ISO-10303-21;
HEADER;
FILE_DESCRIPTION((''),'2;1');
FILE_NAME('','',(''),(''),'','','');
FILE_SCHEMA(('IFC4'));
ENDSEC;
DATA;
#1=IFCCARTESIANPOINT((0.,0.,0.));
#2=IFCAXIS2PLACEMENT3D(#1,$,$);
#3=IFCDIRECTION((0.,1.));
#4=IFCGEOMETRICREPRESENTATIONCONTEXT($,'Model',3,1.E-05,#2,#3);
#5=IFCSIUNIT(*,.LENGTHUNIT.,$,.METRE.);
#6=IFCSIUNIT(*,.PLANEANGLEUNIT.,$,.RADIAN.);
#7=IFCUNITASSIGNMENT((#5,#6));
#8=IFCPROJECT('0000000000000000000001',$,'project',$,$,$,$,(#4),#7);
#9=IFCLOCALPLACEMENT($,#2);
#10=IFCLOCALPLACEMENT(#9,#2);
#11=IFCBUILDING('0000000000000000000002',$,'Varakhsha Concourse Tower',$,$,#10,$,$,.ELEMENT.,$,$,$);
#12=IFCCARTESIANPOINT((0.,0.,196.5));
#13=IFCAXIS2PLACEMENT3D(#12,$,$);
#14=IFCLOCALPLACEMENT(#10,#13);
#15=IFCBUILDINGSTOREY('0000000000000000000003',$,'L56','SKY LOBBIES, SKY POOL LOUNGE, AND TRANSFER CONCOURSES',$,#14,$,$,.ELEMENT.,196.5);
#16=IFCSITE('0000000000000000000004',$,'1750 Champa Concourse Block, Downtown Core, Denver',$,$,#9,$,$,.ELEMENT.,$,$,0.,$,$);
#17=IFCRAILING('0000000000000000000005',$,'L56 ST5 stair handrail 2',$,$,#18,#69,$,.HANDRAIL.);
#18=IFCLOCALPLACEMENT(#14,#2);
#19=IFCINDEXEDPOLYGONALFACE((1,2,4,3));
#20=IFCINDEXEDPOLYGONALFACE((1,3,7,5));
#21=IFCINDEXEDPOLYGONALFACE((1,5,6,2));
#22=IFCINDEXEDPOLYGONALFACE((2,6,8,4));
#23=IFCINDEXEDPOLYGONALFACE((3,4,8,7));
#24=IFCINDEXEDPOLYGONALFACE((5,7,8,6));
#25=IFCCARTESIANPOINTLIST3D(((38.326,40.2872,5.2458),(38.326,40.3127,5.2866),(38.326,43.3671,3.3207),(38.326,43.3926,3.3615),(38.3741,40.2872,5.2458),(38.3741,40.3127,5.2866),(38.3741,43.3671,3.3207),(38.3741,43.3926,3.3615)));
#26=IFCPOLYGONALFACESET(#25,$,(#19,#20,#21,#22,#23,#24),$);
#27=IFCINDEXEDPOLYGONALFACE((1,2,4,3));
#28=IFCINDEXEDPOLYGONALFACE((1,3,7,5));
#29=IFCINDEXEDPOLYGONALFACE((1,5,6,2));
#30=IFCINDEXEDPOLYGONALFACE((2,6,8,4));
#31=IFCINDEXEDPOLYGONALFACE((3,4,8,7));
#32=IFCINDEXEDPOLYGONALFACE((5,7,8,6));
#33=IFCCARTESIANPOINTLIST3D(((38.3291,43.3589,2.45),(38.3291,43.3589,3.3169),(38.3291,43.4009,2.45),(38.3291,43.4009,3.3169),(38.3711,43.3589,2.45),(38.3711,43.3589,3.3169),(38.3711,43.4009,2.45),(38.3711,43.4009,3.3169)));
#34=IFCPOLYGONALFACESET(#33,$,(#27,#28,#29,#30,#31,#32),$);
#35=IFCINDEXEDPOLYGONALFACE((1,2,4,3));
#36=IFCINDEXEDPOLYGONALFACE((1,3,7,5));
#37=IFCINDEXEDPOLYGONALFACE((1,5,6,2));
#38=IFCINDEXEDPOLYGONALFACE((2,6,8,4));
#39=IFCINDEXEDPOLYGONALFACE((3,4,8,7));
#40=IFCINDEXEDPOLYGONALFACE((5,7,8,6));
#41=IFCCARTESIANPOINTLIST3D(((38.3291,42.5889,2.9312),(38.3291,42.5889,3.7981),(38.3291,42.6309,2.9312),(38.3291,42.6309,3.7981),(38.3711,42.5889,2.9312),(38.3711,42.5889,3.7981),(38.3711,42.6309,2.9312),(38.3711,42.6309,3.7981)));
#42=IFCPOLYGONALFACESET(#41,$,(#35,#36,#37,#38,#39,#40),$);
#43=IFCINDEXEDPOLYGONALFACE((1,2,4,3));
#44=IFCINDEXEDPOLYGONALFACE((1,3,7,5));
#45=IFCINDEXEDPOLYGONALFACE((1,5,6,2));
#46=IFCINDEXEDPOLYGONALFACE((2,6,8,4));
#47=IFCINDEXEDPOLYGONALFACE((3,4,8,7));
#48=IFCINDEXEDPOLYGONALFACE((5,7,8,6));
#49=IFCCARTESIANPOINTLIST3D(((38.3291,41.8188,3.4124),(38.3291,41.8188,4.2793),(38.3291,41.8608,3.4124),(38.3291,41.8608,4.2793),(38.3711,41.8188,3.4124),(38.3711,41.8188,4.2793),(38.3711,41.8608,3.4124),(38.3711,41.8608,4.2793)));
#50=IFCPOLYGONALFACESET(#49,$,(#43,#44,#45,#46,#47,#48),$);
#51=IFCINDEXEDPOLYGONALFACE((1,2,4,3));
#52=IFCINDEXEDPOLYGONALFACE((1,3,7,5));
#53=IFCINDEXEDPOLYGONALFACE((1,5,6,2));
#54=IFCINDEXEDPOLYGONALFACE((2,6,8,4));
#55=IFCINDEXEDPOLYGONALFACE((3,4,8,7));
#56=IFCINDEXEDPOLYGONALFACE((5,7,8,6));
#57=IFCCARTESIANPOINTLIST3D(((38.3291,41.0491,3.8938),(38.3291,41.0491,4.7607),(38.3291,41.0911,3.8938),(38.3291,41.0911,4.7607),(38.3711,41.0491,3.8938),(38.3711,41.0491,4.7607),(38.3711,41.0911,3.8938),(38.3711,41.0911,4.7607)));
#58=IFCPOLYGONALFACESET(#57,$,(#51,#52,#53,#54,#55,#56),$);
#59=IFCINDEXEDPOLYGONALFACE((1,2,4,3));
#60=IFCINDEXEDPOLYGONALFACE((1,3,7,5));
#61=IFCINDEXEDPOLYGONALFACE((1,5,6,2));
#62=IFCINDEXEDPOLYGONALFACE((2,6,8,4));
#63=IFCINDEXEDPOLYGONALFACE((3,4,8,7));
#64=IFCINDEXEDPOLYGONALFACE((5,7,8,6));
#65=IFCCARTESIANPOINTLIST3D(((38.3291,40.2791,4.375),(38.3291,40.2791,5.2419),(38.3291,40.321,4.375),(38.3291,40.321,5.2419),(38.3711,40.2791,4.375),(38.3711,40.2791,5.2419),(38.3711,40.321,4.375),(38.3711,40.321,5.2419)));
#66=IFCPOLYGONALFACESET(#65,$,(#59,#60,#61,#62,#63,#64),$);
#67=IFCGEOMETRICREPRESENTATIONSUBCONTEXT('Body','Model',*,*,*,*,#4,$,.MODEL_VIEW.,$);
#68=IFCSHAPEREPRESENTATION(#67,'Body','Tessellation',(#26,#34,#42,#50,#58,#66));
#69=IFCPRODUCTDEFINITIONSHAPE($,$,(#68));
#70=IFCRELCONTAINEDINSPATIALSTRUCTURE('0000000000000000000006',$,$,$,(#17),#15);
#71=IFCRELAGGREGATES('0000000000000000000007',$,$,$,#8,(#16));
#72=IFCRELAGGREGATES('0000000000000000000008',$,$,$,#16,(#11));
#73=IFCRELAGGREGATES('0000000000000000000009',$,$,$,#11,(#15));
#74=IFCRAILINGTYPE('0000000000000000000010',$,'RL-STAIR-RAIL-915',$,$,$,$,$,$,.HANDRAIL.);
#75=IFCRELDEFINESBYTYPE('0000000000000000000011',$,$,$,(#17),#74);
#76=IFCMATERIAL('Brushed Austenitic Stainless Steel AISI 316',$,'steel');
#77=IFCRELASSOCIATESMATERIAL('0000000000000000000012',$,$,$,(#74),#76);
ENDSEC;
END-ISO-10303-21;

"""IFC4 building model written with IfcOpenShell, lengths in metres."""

from ifc_helpers import new_model, si_unit, direction, frame, origin, origin_2d, place, context, subcontext, project, spatial, rectangle, extrude, material, type_object, element, save


model = new_model("IFC4")

# Units and contexts
model_context = context("Model", 3, precision=1e-05, world=origin(), true_north=direction((0.0, 1.0)))
body_context = subcontext(model_context, "Body", "Model", "MODEL_VIEW")
ifc_project = project(units=[si_unit("LENGTHUNIT", "METRE"), si_unit("PLANEANGLEUNIT", "RADIAN")], contexts=[model_context])

# Site, building, storey
site_placement = place(None, origin())
site = spatial("IfcSite", under=ifc_project, at=site_placement, Name="1750 Champa Concourse Block, Downtown Core, Denver", CompositionType="ELEMENT", RefElevation=0.0)
building_placement = place(site_placement, origin())
building = spatial("IfcBuilding", under=site, at=building_placement, Name="Varakhsha Concourse Tower", CompositionType="ELEMENT")
storey_placement = place(building_placement, frame((0.0, 0.0, 196.5)))
storey = spatial("IfcBuildingStorey", under=building, at=storey_placement, Name="L56", Description="SKY LOBBIES, SKY POOL LOUNGE, AND TRANSFER CONCOURSES", CompositionType="ELEMENT", Elevation=196.5)

# Railing
ifc_material_1 = material(Name="Brushed Austenitic Stainless Steel AISI 316", Category="steel")
railing_type_1 = type_object("IfcRailingType", Name="RL-STAIR-RAIL-915", PredefinedType="HANDRAIL", material=ifc_material_1)
railing_1_placement = place(storey_placement, frame((38.3501, 43.3799, 2.45)))
element("IfcRailing", 1, at=railing_1_placement, inside=storey, type_object=railing_type_1, Name="L56 ST5 stair handrail 2", PredefinedType="HANDRAIL", context=body_context, shape_type="SweptSolid", body=[
    extrude(rectangle(XDim=0.0481, YDim=0.0481, at=origin_2d()), frame((0.0, 0.0, 0.8911), z_axis=(0.0, -0.847979, 0.530029), x_axis=(1.0, 0.0, 0.0)), (0.0, 0.0, 1.0), 3.6321),
    extrude(rectangle(XDim=0.042, YDim=0.042, at=origin_2d()), origin(), (0.0, 0.0, 1.0), 0.8669),
    extrude(rectangle(XDim=0.042, YDim=0.042, at=origin_2d()), frame((0.0, -0.77, 0.4812)), (0.0, 0.0, 1.0), 0.8669),
    extrude(rectangle(XDim=0.042, YDim=0.042, at=origin_2d()), frame((0.0, -1.54, 0.9624)), (0.0, 0.0, 1.0), 0.8669),
    extrude(rectangle(XDim=0.042, YDim=0.042, at=origin_2d()), frame((0.0, -2.3098, 1.4438)), (0.0, 0.0, 1.0), 0.8669),
    extrude(rectangle(XDim=0.042, YDim=0.042, at=origin_2d()), frame((0.0, -3.0798, 1.925)), (0.0, 0.0, 1.0), 0.8669),
])

save(model, "model.ifc")
